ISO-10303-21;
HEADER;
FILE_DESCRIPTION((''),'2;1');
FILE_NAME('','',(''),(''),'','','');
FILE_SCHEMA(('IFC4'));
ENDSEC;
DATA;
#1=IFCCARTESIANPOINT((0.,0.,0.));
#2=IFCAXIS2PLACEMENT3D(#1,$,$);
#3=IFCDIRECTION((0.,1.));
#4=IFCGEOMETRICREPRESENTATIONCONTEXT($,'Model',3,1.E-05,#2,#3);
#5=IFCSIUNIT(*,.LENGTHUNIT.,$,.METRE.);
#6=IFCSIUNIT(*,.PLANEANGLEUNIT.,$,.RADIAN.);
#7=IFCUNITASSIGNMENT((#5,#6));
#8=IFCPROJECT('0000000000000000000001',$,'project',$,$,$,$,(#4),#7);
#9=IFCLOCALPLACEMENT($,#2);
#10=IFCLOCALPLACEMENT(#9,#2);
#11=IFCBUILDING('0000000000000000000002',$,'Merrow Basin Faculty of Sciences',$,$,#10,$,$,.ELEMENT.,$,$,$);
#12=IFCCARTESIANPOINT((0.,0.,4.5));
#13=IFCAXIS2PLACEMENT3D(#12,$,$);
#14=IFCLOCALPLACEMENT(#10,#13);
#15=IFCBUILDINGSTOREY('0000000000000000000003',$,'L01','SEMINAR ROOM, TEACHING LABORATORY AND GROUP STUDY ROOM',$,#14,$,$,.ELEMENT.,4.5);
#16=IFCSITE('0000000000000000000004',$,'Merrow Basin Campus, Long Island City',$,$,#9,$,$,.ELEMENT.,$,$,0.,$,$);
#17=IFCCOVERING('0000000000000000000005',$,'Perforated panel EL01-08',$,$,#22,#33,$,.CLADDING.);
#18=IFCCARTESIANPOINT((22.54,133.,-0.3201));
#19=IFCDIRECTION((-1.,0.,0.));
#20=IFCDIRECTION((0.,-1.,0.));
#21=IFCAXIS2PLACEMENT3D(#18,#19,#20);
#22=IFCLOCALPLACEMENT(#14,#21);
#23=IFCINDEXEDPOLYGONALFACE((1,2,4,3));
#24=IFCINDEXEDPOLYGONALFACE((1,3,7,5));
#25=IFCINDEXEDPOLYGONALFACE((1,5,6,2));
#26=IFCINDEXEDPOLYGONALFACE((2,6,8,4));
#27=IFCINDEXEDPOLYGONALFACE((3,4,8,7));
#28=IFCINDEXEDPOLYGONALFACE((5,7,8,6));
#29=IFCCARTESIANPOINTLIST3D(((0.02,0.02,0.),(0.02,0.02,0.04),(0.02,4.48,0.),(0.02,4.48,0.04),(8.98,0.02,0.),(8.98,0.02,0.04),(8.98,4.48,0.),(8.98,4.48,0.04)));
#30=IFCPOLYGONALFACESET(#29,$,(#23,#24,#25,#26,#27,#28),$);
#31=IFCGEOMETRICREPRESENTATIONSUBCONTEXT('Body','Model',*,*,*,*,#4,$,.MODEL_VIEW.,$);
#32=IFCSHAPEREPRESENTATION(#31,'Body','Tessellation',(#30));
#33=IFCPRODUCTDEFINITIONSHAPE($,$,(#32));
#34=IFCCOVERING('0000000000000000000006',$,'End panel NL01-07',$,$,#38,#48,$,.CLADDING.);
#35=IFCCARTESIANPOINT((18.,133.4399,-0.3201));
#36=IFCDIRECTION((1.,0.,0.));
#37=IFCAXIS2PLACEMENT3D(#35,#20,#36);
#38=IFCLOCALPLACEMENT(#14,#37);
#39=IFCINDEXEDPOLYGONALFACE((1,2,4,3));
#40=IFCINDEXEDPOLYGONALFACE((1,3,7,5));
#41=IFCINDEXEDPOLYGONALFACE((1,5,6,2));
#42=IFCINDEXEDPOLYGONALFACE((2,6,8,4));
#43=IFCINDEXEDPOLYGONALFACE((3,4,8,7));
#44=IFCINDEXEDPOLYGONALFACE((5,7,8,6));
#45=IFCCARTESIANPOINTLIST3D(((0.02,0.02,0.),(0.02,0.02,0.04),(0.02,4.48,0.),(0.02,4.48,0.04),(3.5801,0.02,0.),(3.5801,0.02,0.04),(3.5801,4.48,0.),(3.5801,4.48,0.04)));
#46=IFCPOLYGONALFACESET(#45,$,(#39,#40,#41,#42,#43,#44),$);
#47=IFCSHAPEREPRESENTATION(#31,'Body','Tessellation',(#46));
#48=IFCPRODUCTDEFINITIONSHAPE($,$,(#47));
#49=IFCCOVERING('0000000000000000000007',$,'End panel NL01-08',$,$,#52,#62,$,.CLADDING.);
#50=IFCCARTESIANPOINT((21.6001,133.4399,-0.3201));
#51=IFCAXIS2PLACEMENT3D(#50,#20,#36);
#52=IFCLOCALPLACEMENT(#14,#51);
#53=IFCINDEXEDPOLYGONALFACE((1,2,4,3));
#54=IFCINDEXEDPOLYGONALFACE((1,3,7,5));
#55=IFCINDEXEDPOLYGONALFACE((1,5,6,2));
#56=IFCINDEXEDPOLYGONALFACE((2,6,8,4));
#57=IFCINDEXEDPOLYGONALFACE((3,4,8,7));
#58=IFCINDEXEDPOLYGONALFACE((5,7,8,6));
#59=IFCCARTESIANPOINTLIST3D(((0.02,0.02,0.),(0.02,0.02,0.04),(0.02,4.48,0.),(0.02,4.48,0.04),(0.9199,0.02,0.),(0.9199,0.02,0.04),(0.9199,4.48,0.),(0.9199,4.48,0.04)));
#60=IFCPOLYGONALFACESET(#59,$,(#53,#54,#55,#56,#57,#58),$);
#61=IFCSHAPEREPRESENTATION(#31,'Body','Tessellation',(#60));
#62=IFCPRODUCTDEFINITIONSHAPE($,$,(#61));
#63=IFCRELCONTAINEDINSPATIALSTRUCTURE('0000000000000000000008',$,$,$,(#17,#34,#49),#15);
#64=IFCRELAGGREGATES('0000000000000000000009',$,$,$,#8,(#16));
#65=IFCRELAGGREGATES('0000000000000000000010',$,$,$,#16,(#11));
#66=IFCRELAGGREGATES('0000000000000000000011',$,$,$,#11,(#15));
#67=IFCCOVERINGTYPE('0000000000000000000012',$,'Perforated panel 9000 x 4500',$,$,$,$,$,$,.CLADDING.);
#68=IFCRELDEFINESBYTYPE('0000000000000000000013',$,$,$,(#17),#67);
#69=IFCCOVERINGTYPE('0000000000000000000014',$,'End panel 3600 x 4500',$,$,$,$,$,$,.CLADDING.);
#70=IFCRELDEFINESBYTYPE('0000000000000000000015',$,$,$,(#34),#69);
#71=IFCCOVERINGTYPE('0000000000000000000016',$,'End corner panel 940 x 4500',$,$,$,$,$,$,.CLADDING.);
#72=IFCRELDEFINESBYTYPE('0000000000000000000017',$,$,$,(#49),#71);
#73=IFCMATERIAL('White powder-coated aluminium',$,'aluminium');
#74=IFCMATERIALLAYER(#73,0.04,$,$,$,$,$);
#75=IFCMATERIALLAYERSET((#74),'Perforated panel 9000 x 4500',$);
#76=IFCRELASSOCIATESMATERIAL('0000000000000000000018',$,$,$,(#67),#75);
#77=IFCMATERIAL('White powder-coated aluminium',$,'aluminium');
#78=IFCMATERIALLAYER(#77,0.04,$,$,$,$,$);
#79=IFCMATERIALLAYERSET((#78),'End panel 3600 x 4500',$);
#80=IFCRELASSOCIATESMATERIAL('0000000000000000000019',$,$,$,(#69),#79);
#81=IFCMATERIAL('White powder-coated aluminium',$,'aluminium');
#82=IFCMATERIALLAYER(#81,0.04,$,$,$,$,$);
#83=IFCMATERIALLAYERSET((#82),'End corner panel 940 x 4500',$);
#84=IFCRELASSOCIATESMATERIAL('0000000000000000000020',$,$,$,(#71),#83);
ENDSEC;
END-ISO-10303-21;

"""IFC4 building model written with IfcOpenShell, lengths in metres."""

from ifc_helpers import new_model, si_unit, direction, frame, origin, place, context, subcontext, project, spatial, polyline, outline, extrude, source, transform, mapped, material, layer, layer_set, type_object, element, save


model = new_model("IFC4")

# Units and contexts
model_context = context("Model", 3, precision=1e-05, world=origin(), true_north=direction((0.0, 1.0)))
body_context = subcontext(model_context, "Body", "Model", "MODEL_VIEW")
ifc_project = project(units=[si_unit("LENGTHUNIT", "METRE"), si_unit("PLANEANGLEUNIT", "RADIAN")], contexts=[model_context])

# Site, building, storey
site_placement = place(None, origin())
site = spatial("IfcSite", under=ifc_project, at=site_placement, Name="Merrow Basin Campus, Long Island City", CompositionType="ELEMENT", RefElevation=0.0)
building_placement = place(site_placement, origin())
building = spatial("IfcBuilding", under=site, at=building_placement, Name="Merrow Basin Faculty of Sciences", CompositionType="ELEMENT")
storey_placement = place(building_placement, frame((0.0, 0.0, 4.5)))
storey = spatial("IfcBuildingStorey", under=building, at=storey_placement, Name="L01", Description="SEMINAR ROOM, TEACHING LABORATORY AND GROUP STUDY ROOM", CompositionType="ELEMENT", Elevation=4.5)

# Coverings
ifc_material_1 = material(Name="White powder-coated aluminium", Category="aluminium")
ifc_layer_1 = layer(ifc_material_1, 0.04)
ifc_layer_set_1 = layer_set([ifc_layer_1], Name="Perforated panel 9000 x 4500")
covering_type_1 = type_object("IfcCoveringType", Name="Perforated panel 9000 x 4500", PredefinedType="CLADDING", material=ifc_layer_set_1)
shared_shape_1 = source(origin(), body_context, "Body", "SweptSolid", [
    extrude(outline(polyline([(0.02, 0.02), (8.98, 0.02), (8.98, 4.48), (0.02, 4.48), (0.02, 0.02)])), origin(), (0.0, 0.0, 1.0), 0.04),
])
covering_1_placement = place(storey_placement, frame((22.54, 133.0, -0.3201), z_axis=(-1.0, 0.0, 0.0), x_axis=(0.0, -1.0, 0.0)))
element("IfcCovering", 1, at=covering_1_placement, inside=storey, type_object=covering_type_1, Name="Perforated panel EL01-08", PredefinedType="CLADDING", context=body_context, shape_type="MappedRepresentation", body=[
    mapped(shared_shape_1, transform((0.0, 0.0, 0.0), scale=1.0)),
])
ifc_material_2 = material(Name="White powder-coated aluminium", Category="aluminium")
ifc_layer_2 = layer(ifc_material_2, 0.04)
ifc_layer_set_2 = layer_set([ifc_layer_2], Name="End panel 3600 x 4500")
covering_type_2 = type_object("IfcCoveringType", Name="End panel 3600 x 4500", PredefinedType="CLADDING", material=ifc_layer_set_2)
shared_shape_2 = source(origin(), body_context, "Body", "SweptSolid", [
    extrude(outline(polyline([(0.02, 0.02), (3.5801, 0.02), (3.5801, 4.48), (0.02, 4.48), (0.02, 0.02)])), origin(), (0.0, 0.0, 1.0), 0.04),
])
covering_2_placement = place(storey_placement, frame((18.0, 133.4399, -0.3201), z_axis=(0.0, -1.0, 0.0), x_axis=(1.0, 0.0, 0.0)))
element("IfcCovering", 2, at=covering_2_placement, inside=storey, type_object=covering_type_2, Name="End panel NL01-07", PredefinedType="CLADDING", context=body_context, shape_type="MappedRepresentation", body=[
    mapped(shared_shape_2, transform((0.0, 0.0, 0.0), scale=1.0)),
])
ifc_material_3 = material(Name="White powder-coated aluminium", Category="aluminium")
ifc_layer_3 = layer(ifc_material_3, 0.04)
ifc_layer_set_3 = layer_set([ifc_layer_3], Name="End corner panel 940 x 4500")
covering_type_3 = type_object("IfcCoveringType", Name="End corner panel 940 x 4500", PredefinedType="CLADDING", material=ifc_layer_set_3)
shared_shape_3 = source(origin(), body_context, "Body", "SweptSolid", [
    extrude(outline(polyline([(0.02, 0.02), (0.9199, 0.02), (0.9199, 4.48), (0.02, 4.48), (0.02, 0.02)])), origin(), (0.0, 0.0, 1.0), 0.04),
])
covering_3_placement = place(storey_placement, frame((21.6001, 133.4399, -0.3201), z_axis=(0.0, -1.0, 0.0), x_axis=(1.0, 0.0, 0.0)))
element("IfcCovering", 3, at=covering_3_placement, inside=storey, type_object=covering_type_3, Name="End panel NL01-08", PredefinedType="CLADDING", context=body_context, shape_type="MappedRepresentation", body=[
    mapped(shared_shape_3, transform((0.0, 0.0, 0.0), scale=1.0)),
])

save(model, "model.ifc")
